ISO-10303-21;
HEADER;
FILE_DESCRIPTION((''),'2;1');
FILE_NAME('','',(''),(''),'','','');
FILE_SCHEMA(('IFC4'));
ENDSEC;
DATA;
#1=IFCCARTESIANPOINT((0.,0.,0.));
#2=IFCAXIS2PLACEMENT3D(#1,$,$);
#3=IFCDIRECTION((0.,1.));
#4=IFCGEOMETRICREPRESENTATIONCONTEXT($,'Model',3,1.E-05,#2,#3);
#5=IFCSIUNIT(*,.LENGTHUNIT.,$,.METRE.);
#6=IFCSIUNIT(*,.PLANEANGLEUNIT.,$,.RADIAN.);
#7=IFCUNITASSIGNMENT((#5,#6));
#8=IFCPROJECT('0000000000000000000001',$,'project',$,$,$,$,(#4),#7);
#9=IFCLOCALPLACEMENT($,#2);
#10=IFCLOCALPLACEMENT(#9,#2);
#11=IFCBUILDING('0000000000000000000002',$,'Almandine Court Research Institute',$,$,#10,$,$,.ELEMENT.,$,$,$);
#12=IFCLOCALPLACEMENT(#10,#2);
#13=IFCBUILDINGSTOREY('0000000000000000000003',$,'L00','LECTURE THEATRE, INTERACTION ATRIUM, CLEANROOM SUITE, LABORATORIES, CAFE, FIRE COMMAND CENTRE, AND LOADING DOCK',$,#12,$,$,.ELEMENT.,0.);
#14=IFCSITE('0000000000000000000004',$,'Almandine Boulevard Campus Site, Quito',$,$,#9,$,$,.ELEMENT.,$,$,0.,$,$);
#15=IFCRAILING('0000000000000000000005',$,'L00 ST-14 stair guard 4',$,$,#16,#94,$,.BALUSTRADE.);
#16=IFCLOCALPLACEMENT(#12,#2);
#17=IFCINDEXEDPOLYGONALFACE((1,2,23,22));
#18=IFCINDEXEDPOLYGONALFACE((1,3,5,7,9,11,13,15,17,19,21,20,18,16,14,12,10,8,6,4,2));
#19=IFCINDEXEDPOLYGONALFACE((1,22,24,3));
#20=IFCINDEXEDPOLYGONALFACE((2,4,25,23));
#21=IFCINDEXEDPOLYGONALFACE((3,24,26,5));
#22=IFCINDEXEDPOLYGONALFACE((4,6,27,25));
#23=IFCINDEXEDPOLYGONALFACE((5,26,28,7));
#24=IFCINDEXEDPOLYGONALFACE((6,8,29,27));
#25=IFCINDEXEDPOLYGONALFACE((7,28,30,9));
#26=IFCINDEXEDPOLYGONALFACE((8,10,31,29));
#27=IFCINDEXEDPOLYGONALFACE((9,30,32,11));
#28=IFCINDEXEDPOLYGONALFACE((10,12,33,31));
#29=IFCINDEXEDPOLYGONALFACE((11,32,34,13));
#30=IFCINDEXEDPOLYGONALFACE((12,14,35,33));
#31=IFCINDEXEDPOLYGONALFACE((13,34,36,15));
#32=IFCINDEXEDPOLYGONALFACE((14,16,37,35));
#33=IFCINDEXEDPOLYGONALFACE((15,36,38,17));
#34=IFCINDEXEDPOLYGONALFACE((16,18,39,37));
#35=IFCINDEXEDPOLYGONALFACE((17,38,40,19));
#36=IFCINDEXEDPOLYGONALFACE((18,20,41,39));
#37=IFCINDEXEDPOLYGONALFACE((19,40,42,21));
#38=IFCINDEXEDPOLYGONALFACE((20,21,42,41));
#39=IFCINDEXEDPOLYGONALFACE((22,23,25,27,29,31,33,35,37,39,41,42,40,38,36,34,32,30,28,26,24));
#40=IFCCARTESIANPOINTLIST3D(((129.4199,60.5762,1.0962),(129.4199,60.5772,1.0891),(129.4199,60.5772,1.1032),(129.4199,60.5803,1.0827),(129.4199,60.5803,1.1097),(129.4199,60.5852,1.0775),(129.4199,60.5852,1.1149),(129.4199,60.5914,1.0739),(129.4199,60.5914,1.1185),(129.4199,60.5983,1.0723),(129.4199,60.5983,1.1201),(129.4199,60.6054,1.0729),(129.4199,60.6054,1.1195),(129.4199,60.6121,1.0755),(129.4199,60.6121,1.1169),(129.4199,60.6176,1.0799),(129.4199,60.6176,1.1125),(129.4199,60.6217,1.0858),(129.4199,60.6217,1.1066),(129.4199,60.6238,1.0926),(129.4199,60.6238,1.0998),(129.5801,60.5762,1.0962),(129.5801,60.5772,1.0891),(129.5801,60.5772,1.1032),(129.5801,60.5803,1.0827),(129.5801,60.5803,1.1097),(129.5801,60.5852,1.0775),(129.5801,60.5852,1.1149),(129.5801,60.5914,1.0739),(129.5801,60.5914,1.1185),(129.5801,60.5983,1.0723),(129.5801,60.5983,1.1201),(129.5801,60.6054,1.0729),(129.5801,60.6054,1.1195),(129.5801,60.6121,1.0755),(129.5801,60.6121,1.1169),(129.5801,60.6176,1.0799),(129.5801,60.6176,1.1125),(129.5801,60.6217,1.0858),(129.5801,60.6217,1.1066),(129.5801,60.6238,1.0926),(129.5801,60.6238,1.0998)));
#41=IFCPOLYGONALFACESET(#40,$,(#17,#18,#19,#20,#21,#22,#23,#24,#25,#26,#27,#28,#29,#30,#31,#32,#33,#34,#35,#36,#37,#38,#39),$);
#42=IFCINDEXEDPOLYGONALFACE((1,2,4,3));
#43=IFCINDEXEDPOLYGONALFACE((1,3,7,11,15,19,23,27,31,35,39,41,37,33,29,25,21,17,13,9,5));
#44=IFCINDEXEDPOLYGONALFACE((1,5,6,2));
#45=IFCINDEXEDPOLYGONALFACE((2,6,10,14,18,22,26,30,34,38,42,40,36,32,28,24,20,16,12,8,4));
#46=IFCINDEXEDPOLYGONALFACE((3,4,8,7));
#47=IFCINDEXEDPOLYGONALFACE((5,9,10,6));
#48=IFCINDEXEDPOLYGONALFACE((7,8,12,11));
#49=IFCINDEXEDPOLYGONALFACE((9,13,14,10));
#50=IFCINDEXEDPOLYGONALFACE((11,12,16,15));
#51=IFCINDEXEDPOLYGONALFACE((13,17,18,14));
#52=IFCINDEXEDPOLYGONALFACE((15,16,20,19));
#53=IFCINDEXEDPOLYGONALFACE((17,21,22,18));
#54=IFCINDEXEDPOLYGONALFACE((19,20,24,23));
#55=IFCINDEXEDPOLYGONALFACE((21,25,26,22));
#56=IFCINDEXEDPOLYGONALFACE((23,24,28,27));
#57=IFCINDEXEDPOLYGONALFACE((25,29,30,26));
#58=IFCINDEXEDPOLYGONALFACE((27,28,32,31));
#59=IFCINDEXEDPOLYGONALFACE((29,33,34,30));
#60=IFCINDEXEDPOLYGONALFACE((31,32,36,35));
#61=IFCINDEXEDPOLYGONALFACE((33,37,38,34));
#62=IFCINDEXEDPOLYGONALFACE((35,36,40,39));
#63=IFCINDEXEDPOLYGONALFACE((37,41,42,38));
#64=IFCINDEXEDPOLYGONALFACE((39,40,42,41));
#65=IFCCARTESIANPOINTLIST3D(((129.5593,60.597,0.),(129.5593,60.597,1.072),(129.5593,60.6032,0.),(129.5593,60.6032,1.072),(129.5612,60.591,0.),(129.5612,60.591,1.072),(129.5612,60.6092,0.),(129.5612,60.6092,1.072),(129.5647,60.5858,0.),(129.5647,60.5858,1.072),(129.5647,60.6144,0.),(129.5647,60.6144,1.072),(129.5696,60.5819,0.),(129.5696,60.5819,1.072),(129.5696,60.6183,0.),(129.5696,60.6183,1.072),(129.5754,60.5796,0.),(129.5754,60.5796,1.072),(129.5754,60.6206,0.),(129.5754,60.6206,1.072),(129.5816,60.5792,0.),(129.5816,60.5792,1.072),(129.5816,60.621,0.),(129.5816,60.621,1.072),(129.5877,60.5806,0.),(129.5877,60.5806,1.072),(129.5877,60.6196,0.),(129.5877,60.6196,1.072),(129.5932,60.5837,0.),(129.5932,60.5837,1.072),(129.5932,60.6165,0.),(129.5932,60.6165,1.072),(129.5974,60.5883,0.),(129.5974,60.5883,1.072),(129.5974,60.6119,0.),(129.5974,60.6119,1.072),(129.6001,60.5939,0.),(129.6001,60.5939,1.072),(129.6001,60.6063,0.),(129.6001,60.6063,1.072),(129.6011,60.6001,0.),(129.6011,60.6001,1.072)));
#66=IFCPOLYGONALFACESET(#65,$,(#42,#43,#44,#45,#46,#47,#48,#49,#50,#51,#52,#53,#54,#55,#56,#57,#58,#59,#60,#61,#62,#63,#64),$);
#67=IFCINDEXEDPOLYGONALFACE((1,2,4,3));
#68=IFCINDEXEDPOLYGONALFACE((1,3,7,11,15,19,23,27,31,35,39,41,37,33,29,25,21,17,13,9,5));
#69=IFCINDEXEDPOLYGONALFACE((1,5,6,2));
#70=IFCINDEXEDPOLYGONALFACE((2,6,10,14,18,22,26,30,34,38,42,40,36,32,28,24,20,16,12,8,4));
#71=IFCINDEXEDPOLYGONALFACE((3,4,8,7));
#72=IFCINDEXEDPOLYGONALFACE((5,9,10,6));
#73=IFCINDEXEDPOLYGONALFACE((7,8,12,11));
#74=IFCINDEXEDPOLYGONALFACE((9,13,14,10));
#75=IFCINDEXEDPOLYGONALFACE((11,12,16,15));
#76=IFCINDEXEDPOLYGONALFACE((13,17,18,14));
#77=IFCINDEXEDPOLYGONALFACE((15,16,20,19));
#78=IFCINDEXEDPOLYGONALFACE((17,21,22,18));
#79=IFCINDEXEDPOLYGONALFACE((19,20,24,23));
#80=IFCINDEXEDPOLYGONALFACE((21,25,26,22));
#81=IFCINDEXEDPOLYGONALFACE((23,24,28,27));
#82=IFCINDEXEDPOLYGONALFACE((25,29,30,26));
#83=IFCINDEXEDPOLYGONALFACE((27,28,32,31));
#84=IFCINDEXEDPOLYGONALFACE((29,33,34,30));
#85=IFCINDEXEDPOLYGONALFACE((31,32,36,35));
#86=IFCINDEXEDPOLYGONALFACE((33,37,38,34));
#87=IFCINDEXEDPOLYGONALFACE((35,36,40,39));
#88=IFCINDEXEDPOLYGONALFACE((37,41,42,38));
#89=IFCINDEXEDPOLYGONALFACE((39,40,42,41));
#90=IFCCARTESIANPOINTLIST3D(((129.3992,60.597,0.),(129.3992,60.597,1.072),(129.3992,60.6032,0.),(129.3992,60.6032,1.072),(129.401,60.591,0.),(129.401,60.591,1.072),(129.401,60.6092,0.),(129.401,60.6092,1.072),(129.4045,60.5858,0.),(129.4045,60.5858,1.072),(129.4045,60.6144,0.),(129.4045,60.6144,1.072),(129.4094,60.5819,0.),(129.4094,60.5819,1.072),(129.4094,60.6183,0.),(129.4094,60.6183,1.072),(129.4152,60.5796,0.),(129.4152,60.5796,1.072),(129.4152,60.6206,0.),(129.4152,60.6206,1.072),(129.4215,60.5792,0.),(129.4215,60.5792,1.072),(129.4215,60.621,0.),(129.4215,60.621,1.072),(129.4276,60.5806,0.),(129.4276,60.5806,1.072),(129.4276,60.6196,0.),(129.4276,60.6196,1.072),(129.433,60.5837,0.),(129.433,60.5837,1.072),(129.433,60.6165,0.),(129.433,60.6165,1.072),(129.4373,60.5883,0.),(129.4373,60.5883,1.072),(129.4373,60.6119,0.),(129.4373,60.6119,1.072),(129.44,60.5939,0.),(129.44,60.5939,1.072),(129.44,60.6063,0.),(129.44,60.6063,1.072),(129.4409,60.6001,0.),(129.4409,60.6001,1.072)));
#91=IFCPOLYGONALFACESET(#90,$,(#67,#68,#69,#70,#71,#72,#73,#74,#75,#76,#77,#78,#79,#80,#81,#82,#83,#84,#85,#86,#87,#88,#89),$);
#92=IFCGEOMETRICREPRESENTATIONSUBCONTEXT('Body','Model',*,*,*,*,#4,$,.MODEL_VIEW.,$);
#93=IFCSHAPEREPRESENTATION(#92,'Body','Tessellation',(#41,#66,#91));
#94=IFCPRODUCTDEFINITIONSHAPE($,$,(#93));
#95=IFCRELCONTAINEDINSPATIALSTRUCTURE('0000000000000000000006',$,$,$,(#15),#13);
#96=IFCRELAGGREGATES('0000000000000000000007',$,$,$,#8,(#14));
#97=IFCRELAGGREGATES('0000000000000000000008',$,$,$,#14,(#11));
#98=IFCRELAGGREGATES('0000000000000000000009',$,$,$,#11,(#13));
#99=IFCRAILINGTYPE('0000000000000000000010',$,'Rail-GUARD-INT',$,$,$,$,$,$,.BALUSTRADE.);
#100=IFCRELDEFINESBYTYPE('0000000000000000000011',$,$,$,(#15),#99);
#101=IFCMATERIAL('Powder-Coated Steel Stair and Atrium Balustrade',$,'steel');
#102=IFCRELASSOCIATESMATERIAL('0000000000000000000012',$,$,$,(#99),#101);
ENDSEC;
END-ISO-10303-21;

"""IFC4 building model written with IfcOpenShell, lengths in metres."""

from ifc_helpers import new_model, si_unit, direction, frame, origin, origin_2d, place, context, subcontext, project, spatial, circle, extrude, material, type_object, element, save


model = new_model("IFC4")

# Units and contexts
model_context = context("Model", 3, precision=1e-05, world=origin(), true_north=direction((0.0, 1.0)))
body_context = subcontext(model_context, "Body", "Model", "MODEL_VIEW")
ifc_project = project(units=[si_unit("LENGTHUNIT", "METRE"), si_unit("PLANEANGLEUNIT", "RADIAN")], contexts=[model_context])

# Site, building, storey
site_placement = place(None, origin())
site = spatial("IfcSite", under=ifc_project, at=site_placement, Name="Almandine Boulevard Campus Site, Quito", CompositionType="ELEMENT", RefElevation=0.0)
building_placement = place(site_placement, origin())
building = spatial("IfcBuilding", under=site, at=building_placement, Name="Almandine Court Research Institute", CompositionType="ELEMENT")
storey_placement = place(building_placement, origin())
storey = spatial("IfcBuildingStorey", under=building, at=storey_placement, Name="L00", Description="LECTURE THEATRE, INTERACTION ATRIUM, CLEANROOM SUITE, LABORATORIES, CAFE, FIRE COMMAND CENTRE, AND LOADING DOCK", CompositionType="ELEMENT", Elevation=0.0)

# Railing
ifc_material_1 = material(Name="Powder-Coated Steel Stair and Atrium Balustrade", Category="steel")
railing_type_1 = type_object("IfcRailingType", Name="Rail-GUARD-INT", PredefinedType="BALUSTRADE", material=ifc_material_1)
railing_1_placement = place(storey_placement, frame((129.5801, 60.6001, 0.0)))
element("IfcRailing", 1, at=railing_1_placement, inside=storey, type_object=railing_type_1, Name="L00 ST-14 stair guard 4", PredefinedType="BALUSTRADE", context=body_context, shape_type="SweptSolid", body=[
    extrude(circle(Radius=0.0239, at=origin_2d()), frame((0.0, 0.0, 1.0962), z_axis=(-1.0, 0.0, 0.0), x_axis=(0.0, -1.0, 0.0)), (0.0, 0.0, 1.0), 0.1602),
    extrude(circle(Radius=0.021, at=origin_2d()), origin(), (0.0, 0.0, 1.0), 1.072),
    extrude(circle(Radius=0.021, at=origin_2d()), frame((-0.1602, 0.0, 0.0)), (0.0, 0.0, 1.0), 1.072),
])

save(model, "model.ifc")
